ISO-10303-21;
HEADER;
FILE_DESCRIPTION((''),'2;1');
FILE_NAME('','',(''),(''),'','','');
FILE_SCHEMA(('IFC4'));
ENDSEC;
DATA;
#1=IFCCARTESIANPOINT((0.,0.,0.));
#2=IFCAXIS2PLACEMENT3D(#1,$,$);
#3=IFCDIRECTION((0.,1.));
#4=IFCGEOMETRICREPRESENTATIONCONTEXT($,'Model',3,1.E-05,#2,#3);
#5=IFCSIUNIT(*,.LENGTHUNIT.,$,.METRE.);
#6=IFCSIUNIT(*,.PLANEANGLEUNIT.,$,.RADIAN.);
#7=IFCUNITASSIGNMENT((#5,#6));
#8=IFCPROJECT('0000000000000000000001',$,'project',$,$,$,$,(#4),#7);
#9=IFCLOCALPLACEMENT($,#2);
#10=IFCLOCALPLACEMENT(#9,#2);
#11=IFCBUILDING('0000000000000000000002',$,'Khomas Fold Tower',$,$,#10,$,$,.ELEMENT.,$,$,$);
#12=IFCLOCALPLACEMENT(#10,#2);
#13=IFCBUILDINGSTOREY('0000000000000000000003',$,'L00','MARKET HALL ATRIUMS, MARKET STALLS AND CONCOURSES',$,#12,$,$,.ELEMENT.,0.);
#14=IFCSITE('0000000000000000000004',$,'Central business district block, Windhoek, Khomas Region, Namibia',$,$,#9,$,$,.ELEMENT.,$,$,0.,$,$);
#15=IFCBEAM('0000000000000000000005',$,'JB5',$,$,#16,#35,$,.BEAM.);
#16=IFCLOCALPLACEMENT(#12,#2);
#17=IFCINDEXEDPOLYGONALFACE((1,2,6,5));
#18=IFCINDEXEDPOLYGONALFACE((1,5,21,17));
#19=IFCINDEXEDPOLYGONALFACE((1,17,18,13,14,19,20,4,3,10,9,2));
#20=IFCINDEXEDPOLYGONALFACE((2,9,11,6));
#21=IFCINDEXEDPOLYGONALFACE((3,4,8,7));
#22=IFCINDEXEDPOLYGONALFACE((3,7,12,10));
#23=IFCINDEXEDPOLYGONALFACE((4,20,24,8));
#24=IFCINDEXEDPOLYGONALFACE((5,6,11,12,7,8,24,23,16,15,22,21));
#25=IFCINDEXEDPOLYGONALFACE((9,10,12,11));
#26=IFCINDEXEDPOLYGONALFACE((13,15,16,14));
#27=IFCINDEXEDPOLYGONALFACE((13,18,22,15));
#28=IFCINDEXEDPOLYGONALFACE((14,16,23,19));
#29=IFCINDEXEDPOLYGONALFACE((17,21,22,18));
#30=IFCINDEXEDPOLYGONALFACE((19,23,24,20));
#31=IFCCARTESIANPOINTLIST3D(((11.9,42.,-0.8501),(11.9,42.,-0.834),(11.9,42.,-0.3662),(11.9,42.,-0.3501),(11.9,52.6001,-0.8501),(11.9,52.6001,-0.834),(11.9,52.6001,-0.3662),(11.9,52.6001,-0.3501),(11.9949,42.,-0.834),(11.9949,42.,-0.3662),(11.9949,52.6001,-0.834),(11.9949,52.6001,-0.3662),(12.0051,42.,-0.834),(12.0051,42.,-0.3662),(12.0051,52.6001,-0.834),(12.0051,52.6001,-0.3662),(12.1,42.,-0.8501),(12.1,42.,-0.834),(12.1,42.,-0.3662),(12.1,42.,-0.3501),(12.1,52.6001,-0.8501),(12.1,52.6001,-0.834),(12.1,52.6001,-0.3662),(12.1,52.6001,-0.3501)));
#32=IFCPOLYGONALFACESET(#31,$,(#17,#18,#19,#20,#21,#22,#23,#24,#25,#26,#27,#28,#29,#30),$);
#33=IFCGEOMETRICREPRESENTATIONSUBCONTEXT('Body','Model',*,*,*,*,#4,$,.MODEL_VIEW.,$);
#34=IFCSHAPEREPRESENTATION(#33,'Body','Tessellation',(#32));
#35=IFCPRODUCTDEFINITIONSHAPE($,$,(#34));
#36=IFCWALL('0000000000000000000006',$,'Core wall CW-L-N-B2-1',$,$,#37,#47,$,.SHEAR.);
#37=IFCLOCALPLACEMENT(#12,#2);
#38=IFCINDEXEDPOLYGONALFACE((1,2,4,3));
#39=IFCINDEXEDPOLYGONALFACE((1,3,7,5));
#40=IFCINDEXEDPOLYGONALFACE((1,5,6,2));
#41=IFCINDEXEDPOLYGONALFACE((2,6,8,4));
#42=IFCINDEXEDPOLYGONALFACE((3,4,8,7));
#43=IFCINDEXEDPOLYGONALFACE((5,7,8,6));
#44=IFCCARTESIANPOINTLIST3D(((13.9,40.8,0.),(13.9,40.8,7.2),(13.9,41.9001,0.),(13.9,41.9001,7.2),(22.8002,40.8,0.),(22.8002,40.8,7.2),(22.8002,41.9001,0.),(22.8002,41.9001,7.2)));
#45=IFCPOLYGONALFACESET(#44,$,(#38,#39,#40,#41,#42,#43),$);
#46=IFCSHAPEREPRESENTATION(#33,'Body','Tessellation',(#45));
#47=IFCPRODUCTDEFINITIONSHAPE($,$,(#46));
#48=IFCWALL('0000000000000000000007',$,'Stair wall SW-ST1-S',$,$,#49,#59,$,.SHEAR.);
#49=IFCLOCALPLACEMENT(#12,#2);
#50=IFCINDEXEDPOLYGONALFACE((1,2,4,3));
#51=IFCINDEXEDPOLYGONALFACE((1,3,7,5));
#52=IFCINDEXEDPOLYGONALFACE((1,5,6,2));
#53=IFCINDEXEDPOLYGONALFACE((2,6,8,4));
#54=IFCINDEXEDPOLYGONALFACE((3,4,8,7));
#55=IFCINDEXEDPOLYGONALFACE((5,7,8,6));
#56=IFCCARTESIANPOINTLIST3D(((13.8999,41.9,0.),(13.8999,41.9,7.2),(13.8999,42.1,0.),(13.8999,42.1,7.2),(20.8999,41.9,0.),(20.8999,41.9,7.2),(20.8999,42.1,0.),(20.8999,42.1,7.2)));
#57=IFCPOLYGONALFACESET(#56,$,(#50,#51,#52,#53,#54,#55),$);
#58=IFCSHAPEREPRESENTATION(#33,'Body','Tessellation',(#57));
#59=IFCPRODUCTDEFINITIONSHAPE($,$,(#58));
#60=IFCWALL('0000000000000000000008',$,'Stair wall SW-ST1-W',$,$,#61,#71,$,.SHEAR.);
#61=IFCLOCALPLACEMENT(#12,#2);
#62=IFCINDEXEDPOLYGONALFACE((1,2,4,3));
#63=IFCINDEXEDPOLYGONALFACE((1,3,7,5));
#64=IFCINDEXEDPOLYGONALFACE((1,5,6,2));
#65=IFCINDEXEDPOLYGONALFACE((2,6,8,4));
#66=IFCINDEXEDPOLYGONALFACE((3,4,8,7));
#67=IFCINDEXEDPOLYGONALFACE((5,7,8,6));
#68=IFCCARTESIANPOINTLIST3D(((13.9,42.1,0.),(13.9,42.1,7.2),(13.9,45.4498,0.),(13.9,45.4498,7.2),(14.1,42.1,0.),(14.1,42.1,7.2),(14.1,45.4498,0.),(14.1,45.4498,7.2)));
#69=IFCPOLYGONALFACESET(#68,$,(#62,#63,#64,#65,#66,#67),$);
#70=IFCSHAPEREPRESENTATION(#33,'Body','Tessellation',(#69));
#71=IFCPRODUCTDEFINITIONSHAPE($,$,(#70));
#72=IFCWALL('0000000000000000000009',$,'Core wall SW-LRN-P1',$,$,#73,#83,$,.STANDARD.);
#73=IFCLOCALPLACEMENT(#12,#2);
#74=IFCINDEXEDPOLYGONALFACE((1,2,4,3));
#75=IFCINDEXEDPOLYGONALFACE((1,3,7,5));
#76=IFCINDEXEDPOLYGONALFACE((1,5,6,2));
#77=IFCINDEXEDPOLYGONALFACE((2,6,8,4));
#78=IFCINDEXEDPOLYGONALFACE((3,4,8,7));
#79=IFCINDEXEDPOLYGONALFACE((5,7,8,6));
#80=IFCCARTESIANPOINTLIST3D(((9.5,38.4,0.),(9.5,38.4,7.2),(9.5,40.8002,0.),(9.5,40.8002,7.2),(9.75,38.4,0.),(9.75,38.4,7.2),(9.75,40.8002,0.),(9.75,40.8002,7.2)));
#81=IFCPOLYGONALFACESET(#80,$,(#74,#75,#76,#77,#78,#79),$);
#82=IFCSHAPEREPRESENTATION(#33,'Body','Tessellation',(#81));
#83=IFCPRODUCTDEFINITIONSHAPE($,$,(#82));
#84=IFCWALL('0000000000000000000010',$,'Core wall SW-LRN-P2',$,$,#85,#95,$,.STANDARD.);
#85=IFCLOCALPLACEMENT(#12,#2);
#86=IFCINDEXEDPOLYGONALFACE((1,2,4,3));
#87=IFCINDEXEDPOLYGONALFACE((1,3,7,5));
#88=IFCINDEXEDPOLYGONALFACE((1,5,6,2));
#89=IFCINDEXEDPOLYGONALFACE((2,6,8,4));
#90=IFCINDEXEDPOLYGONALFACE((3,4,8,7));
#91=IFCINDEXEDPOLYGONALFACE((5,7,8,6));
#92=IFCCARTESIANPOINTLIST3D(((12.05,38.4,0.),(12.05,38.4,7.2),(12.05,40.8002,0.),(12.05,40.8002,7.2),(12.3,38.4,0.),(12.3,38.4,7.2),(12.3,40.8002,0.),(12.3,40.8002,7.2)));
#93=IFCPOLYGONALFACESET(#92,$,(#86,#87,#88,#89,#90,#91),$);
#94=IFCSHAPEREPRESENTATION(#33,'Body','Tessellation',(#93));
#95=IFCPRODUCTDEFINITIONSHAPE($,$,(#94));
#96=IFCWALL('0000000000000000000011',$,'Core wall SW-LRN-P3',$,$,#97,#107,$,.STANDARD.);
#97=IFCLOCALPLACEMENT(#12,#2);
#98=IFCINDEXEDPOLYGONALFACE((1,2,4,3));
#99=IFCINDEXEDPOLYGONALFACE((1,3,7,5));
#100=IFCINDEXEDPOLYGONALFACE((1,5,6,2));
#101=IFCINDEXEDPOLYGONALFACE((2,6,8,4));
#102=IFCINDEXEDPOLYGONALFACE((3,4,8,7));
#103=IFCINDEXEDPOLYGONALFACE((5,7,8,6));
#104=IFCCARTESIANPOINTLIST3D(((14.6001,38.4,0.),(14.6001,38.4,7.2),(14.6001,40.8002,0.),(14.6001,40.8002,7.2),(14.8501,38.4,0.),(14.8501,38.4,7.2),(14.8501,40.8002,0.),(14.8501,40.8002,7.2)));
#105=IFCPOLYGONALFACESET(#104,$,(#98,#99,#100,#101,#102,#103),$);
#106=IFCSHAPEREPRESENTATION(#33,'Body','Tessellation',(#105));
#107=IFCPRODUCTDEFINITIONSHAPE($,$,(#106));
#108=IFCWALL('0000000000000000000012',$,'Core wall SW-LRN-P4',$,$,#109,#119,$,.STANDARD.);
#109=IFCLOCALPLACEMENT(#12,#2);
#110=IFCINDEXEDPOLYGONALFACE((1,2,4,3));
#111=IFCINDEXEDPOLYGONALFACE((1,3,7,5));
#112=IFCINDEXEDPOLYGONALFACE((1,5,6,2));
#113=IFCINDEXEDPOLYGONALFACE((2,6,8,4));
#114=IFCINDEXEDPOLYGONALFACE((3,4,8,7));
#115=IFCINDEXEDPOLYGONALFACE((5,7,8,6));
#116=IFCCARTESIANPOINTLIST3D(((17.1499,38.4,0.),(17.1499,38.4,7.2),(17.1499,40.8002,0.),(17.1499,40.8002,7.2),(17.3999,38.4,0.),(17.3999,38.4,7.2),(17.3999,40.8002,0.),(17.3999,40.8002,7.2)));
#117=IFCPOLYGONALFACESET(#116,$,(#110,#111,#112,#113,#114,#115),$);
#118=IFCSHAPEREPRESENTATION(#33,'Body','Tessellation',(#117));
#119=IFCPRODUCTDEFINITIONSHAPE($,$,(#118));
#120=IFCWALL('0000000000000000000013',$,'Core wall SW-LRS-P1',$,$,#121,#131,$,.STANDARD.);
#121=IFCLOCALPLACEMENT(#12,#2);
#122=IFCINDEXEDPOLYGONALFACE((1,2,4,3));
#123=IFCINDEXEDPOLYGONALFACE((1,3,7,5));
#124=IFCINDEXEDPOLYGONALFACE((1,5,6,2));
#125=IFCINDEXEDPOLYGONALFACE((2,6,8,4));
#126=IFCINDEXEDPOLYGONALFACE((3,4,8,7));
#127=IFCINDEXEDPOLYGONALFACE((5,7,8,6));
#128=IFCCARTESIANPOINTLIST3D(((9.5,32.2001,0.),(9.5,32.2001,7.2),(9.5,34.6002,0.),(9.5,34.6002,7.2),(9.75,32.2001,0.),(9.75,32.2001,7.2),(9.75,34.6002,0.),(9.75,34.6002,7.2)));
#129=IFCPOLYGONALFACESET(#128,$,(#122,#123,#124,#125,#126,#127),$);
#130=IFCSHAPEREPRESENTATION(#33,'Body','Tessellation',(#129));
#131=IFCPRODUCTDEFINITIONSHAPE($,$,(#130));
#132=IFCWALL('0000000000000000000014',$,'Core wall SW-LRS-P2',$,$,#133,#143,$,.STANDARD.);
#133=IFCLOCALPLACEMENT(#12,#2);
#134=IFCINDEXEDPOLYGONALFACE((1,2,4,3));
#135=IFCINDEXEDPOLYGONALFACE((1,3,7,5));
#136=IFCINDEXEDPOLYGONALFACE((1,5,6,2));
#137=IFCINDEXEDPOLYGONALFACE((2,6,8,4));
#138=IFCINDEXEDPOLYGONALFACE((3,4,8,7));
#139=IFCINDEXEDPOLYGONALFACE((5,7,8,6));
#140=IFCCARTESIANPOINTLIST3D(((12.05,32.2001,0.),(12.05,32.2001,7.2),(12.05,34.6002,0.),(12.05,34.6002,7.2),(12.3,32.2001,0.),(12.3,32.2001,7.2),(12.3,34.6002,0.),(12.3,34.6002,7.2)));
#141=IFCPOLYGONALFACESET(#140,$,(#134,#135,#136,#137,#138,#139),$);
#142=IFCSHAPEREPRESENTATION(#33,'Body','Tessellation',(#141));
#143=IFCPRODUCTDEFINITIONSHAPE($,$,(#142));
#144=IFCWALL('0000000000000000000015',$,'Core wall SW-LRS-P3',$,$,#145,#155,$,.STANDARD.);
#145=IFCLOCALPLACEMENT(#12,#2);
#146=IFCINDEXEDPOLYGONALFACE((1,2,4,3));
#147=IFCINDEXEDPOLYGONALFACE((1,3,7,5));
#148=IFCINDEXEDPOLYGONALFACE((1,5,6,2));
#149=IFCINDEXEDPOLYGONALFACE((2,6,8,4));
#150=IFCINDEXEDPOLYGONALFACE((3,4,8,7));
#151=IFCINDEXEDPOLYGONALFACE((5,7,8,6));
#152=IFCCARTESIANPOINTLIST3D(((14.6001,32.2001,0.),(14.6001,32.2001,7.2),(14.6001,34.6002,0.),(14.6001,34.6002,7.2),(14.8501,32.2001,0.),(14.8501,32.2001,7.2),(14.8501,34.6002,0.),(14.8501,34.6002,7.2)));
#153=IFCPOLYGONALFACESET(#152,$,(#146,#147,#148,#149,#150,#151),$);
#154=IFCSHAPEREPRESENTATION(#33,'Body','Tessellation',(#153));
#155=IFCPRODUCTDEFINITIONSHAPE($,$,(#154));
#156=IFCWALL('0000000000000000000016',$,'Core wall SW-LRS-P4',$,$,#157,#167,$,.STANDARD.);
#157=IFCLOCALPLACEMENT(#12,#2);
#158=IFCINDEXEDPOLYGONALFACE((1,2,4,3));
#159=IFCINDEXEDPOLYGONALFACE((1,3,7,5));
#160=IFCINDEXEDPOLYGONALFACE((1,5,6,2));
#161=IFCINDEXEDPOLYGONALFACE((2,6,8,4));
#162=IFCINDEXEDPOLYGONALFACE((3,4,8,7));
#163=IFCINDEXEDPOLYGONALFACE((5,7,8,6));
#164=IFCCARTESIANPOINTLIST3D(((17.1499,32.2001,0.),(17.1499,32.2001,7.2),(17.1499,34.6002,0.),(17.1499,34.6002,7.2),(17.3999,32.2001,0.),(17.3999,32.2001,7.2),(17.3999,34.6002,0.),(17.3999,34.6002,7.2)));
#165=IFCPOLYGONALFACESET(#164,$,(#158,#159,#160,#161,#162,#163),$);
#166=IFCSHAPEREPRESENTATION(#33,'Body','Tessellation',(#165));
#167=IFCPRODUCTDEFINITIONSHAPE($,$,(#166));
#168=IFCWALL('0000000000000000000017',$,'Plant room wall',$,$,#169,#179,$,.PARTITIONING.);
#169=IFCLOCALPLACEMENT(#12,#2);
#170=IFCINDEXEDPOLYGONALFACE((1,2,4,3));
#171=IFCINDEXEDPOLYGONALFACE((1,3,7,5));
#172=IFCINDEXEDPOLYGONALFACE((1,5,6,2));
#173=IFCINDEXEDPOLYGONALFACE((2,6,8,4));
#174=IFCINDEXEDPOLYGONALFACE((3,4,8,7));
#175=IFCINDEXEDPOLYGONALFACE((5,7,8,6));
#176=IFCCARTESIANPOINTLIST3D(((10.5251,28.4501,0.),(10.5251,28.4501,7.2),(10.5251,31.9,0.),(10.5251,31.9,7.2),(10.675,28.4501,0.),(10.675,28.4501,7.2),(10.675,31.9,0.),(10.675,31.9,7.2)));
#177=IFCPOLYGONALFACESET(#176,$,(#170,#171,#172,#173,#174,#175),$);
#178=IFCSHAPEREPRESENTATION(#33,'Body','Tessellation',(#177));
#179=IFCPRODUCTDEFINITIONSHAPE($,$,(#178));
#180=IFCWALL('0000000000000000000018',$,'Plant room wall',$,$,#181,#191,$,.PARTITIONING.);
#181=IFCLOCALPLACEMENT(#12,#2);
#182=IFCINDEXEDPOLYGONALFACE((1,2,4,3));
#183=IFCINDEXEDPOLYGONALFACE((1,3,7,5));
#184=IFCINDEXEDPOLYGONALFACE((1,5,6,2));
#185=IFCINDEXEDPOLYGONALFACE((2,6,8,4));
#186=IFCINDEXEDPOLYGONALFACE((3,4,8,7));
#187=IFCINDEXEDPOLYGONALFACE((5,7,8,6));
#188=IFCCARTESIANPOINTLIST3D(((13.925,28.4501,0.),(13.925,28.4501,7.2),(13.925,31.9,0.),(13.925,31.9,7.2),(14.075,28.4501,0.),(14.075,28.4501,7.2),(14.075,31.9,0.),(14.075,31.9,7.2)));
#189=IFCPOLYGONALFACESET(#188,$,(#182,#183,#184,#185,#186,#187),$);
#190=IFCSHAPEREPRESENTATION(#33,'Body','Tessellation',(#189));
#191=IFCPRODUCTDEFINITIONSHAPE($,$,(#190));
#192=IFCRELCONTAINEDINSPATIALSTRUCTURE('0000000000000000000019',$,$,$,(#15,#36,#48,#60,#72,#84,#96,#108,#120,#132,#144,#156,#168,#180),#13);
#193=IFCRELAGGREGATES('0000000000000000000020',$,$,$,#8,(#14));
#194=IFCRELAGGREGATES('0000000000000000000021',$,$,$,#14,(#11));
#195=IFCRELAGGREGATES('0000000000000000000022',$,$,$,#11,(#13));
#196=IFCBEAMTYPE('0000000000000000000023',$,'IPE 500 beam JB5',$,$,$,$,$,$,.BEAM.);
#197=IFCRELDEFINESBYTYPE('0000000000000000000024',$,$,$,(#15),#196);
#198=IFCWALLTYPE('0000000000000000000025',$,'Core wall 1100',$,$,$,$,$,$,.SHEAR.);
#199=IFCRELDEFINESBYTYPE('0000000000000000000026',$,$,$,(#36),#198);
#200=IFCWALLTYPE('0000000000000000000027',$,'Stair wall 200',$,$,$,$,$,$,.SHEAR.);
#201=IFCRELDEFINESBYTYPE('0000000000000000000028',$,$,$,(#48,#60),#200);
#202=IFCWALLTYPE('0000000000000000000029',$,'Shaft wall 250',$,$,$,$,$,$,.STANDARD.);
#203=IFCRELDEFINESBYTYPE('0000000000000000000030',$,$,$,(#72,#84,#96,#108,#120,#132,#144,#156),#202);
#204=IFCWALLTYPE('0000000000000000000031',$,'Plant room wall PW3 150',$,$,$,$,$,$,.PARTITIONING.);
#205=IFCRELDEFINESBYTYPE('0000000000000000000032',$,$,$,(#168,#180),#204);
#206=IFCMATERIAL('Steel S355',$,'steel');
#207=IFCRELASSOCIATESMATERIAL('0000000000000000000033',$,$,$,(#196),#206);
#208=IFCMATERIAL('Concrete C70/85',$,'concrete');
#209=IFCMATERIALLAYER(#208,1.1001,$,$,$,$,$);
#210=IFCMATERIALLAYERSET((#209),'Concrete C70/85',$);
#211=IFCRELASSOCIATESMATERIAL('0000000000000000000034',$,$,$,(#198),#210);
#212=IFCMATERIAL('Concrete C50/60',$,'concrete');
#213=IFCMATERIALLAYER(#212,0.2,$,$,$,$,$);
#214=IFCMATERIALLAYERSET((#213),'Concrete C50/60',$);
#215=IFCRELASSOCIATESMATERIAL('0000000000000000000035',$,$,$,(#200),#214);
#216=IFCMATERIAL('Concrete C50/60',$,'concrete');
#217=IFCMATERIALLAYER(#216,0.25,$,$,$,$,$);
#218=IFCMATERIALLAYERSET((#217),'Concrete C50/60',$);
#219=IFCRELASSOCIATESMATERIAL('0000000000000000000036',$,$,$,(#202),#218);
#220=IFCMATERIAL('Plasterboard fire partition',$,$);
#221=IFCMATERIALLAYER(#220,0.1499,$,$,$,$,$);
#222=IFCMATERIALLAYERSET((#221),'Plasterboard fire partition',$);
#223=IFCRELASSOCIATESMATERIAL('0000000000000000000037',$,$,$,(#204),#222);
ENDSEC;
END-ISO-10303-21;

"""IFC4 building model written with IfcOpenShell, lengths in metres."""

from ifc_helpers import new_model, si_unit, direction, frame, frame_2d, origin, origin_2d, place, context, subcontext, project, spatial, rectangle, i_section, extrude, source, transform, mapped, material, layer, layer_set, material_profile, profile_set, type_object, element, save


model = new_model("IFC4")

# Units and contexts
model_context = context("Model", 3, precision=1e-05, world=origin(), true_north=direction((0.0, 1.0)))
body_context = subcontext(model_context, "Body", "Model", "MODEL_VIEW")
ifc_project = project(units=[si_unit("LENGTHUNIT", "METRE"), si_unit("PLANEANGLEUNIT", "RADIAN")], contexts=[model_context])

# Site, building, storey
site_placement = place(None, origin())
site = spatial("IfcSite", under=ifc_project, at=site_placement, Name="Central business district block, Windhoek, Khomas Region, Namibia", CompositionType="ELEMENT", RefElevation=0.0)
building_placement = place(site_placement, origin())
building = spatial("IfcBuilding", under=site, at=building_placement, Name="Khomas Fold Tower", CompositionType="ELEMENT")
storey_placement = place(building_placement, origin())
storey = spatial("IfcBuildingStorey", under=building, at=storey_placement, Name="L00", Description="MARKET HALL ATRIUMS, MARKET STALLS AND CONCOURSES", CompositionType="ELEMENT", Elevation=0.0)

# Beam
ifc_material_1 = material(Name="Steel S355", Category="steel")
ifc_material_profile = material_profile(ifc_material_1, i_section(OverallWidth=0.2, OverallDepth=0.5, WebThickness=0.0103, FlangeThickness=0.0161, at=origin_2d()), Name="IPE 500")
ifc_profile_set = profile_set([ifc_material_profile], Name="Steel S355")
beam_type = type_object("IfcBeamType", Name="IPE 500 beam JB5", PredefinedType="BEAM", material=ifc_profile_set)
shared_shape_1 = source(origin(), body_context, "Body", "SweptSolid", [
    extrude(i_section(OverallWidth=0.2, OverallDepth=0.5, WebThickness=0.0103, FlangeThickness=0.0161, at=origin_2d()), origin(), (0.0, 0.0, 1.0), 10.6001),
])
beam_placement = place(storey_placement, frame((12.0, 42.0, -0.6001), z_axis=(0.0, 1.0, 0.0), x_axis=(-1.0, 0.0, 0.0)))
element("IfcBeam", 1, at=beam_placement, inside=storey, type_object=beam_type, Name="JB5", PredefinedType="BEAM", context=body_context, shape_type="MappedRepresentation", body=[
    mapped(shared_shape_1, transform((0.0, 0.0, 0.0))),
])

# Walls
ifc_material_2 = material(Name="Concrete C70/85", Category="concrete")
ifc_layer_1 = layer(ifc_material_2, 1.1001)
ifc_layer_set_1 = layer_set([ifc_layer_1], Name="Concrete C70/85")
wall_type_1 = type_object("IfcWallType", Name="Core wall 1100", PredefinedType="SHEAR", material=ifc_layer_set_1)
shared_shape_2 = source(origin(), body_context, "Body", "SweptSolid", [
    extrude(rectangle(XDim=8.9001, YDim=1.1001, at=frame_2d((4.4502, 0.0))), origin(), (0.0, 0.0, 1.0), 7.2),
])
wall_1_placement = place(storey_placement, frame((13.8999, 41.3501, 0.0), z_axis=(0.0, 0.0, 1.0), x_axis=(1.0, 0.0, 0.0)))
element("IfcWall", 2, at=wall_1_placement, inside=storey, type_object=wall_type_1, Name="Core wall CW-L-N-B2-1", PredefinedType="SHEAR", context=body_context, shape_type="MappedRepresentation", body=[
    mapped(shared_shape_2, transform((0.0, 0.0, 0.0))),
])
ifc_material_3 = material(Name="Concrete C50/60", Category="concrete")
ifc_layer_2 = layer(ifc_material_3, 0.2)
ifc_layer_set_2 = layer_set([ifc_layer_2], Name="Concrete C50/60")
wall_type_2 = type_object("IfcWallType", Name="Stair wall 200", PredefinedType="SHEAR", material=ifc_layer_set_2)
shared_shape_3 = source(origin(), body_context, "Body", "SweptSolid", [
    extrude(rectangle(XDim=7.0, YDim=0.2, at=frame_2d((3.5, 0.0))), origin(), (0.0, 0.0, 1.0), 7.2),
])
wall_2_placement = place(storey_placement, frame((13.8999, 42.0, 0.0), z_axis=(0.0, 0.0, 1.0), x_axis=(1.0, 0.0, 0.0)))
element("IfcWall", 3, at=wall_2_placement, inside=storey, type_object=wall_type_2, Name="Stair wall SW-ST1-S", PredefinedType="SHEAR", context=body_context, shape_type="MappedRepresentation", body=[
    mapped(shared_shape_3, transform((0.0, 0.0, 0.0))),
])
shared_shape_4 = source(origin(), body_context, "Body", "SweptSolid", [
    extrude(rectangle(XDim=3.3499, YDim=0.2, at=frame_2d((1.6748, 0.0))), origin(), (0.0, 0.0, 1.0), 7.2),
])
wall_3_placement = place(storey_placement, frame((14.0, 42.1001, 0.0), z_axis=(0.0, 0.0, 1.0), x_axis=(0.0, 1.0, 0.0)))
element("IfcWall", 4, at=wall_3_placement, inside=storey, type_object=wall_type_2, Name="Stair wall SW-ST1-W", PredefinedType="SHEAR", context=body_context, shape_type="MappedRepresentation", body=[
    mapped(shared_shape_4, transform((0.0, 0.0, 0.0))),
])
ifc_material_4 = material(Name="Concrete C50/60", Category="concrete")
ifc_layer_3 = layer(ifc_material_4, 0.25)
ifc_layer_set_3 = layer_set([ifc_layer_3], Name="Concrete C50/60")
wall_type_3 = type_object("IfcWallType", Name="Shaft wall 250", PredefinedType="STANDARD", material=ifc_layer_set_3)
shared_shape_5 = source(origin(), body_context, "Body", "SweptSolid", [
    extrude(rectangle(XDim=2.4001, YDim=0.25, at=frame_2d((1.2002, 0.0))), origin(), (0.0, 0.0, 1.0), 7.2),
])
for number, where, z_axis, x_axis, name in (
    (5, (9.625, 38.3999, 0.0), (0.0, 0.0, 1.0), (0.0, 1.0, 0.0), "Core wall SW-LRN-P1"),
    (6, (12.175, 38.3999, 0.0), (0.0, 0.0, 1.0), (0.0, 1.0, 0.0), "Core wall SW-LRN-P2"),
    (7, (14.7251, 38.3999, 0.0), (0.0, 0.0, 1.0), (0.0, 1.0, 0.0), "Core wall SW-LRN-P3"),
    (8, (17.2749, 38.3999, 0.0), (0.0, 0.0, 1.0), (0.0, 1.0, 0.0), "Core wall SW-LRN-P4"),
    (9, (9.625, 32.2, 0.0), (0.0, 0.0, 1.0), (0.0, 1.0, 0.0), "Core wall SW-LRS-P1"),
    (10, (12.175, 32.2, 0.0), (0.0, 0.0, 1.0), (0.0, 1.0, 0.0), "Core wall SW-LRS-P2"),
    (11, (14.7251, 32.2, 0.0), (0.0, 0.0, 1.0), (0.0, 1.0, 0.0), "Core wall SW-LRS-P3"),
    (12, (17.2749, 32.2, 0.0), (0.0, 0.0, 1.0), (0.0, 1.0, 0.0), "Core wall SW-LRS-P4"),
):
    element("IfcWall", number, at=place(storey_placement, frame(where, z_axis=z_axis, x_axis=x_axis)), inside=storey, type_object=wall_type_3, Name=name, PredefinedType="STANDARD", context=body_context, shape_type="MappedRepresentation", body=[
        mapped(shared_shape_5, transform((0.0, 0.0, 0.0))),
    ])
ifc_material_5 = material(Name="Plasterboard fire partition")
ifc_layer_4 = layer(ifc_material_5, 0.1499)
ifc_layer_set_4 = layer_set([ifc_layer_4], Name="Plasterboard fire partition")
wall_type_4 = type_object("IfcWallType", Name="Plant room wall PW3 150", PredefinedType="PARTITIONING", material=ifc_layer_set_4)
shared_shape_6 = source(origin(), body_context, "Body", "SweptSolid", [
    extrude(rectangle(XDim=3.45, YDim=0.1499, at=frame_2d((1.7251, 0.0))), origin(), (0.0, 0.0, 1.0), 7.2),
])
for number, where, z_axis, x_axis, name in (
    (13, (10.6001, 28.45, 0.0), (0.0, 0.0, 1.0), (0.0, 1.0, 0.0), "Plant room wall"),
    (14, (14.0, 28.45, 0.0), (0.0, 0.0, 1.0), (0.0, 1.0, 0.0), "Plant room wall"),
):
    element("IfcWall", number, at=place(storey_placement, frame(where, z_axis=z_axis, x_axis=x_axis)), inside=storey, type_object=wall_type_4, Name=name, PredefinedType="PARTITIONING", context=body_context, shape_type="MappedRepresentation", body=[
        mapped(shared_shape_6, transform((0.0, 0.0, 0.0))),
    ])

save(model, "model.ifc")
